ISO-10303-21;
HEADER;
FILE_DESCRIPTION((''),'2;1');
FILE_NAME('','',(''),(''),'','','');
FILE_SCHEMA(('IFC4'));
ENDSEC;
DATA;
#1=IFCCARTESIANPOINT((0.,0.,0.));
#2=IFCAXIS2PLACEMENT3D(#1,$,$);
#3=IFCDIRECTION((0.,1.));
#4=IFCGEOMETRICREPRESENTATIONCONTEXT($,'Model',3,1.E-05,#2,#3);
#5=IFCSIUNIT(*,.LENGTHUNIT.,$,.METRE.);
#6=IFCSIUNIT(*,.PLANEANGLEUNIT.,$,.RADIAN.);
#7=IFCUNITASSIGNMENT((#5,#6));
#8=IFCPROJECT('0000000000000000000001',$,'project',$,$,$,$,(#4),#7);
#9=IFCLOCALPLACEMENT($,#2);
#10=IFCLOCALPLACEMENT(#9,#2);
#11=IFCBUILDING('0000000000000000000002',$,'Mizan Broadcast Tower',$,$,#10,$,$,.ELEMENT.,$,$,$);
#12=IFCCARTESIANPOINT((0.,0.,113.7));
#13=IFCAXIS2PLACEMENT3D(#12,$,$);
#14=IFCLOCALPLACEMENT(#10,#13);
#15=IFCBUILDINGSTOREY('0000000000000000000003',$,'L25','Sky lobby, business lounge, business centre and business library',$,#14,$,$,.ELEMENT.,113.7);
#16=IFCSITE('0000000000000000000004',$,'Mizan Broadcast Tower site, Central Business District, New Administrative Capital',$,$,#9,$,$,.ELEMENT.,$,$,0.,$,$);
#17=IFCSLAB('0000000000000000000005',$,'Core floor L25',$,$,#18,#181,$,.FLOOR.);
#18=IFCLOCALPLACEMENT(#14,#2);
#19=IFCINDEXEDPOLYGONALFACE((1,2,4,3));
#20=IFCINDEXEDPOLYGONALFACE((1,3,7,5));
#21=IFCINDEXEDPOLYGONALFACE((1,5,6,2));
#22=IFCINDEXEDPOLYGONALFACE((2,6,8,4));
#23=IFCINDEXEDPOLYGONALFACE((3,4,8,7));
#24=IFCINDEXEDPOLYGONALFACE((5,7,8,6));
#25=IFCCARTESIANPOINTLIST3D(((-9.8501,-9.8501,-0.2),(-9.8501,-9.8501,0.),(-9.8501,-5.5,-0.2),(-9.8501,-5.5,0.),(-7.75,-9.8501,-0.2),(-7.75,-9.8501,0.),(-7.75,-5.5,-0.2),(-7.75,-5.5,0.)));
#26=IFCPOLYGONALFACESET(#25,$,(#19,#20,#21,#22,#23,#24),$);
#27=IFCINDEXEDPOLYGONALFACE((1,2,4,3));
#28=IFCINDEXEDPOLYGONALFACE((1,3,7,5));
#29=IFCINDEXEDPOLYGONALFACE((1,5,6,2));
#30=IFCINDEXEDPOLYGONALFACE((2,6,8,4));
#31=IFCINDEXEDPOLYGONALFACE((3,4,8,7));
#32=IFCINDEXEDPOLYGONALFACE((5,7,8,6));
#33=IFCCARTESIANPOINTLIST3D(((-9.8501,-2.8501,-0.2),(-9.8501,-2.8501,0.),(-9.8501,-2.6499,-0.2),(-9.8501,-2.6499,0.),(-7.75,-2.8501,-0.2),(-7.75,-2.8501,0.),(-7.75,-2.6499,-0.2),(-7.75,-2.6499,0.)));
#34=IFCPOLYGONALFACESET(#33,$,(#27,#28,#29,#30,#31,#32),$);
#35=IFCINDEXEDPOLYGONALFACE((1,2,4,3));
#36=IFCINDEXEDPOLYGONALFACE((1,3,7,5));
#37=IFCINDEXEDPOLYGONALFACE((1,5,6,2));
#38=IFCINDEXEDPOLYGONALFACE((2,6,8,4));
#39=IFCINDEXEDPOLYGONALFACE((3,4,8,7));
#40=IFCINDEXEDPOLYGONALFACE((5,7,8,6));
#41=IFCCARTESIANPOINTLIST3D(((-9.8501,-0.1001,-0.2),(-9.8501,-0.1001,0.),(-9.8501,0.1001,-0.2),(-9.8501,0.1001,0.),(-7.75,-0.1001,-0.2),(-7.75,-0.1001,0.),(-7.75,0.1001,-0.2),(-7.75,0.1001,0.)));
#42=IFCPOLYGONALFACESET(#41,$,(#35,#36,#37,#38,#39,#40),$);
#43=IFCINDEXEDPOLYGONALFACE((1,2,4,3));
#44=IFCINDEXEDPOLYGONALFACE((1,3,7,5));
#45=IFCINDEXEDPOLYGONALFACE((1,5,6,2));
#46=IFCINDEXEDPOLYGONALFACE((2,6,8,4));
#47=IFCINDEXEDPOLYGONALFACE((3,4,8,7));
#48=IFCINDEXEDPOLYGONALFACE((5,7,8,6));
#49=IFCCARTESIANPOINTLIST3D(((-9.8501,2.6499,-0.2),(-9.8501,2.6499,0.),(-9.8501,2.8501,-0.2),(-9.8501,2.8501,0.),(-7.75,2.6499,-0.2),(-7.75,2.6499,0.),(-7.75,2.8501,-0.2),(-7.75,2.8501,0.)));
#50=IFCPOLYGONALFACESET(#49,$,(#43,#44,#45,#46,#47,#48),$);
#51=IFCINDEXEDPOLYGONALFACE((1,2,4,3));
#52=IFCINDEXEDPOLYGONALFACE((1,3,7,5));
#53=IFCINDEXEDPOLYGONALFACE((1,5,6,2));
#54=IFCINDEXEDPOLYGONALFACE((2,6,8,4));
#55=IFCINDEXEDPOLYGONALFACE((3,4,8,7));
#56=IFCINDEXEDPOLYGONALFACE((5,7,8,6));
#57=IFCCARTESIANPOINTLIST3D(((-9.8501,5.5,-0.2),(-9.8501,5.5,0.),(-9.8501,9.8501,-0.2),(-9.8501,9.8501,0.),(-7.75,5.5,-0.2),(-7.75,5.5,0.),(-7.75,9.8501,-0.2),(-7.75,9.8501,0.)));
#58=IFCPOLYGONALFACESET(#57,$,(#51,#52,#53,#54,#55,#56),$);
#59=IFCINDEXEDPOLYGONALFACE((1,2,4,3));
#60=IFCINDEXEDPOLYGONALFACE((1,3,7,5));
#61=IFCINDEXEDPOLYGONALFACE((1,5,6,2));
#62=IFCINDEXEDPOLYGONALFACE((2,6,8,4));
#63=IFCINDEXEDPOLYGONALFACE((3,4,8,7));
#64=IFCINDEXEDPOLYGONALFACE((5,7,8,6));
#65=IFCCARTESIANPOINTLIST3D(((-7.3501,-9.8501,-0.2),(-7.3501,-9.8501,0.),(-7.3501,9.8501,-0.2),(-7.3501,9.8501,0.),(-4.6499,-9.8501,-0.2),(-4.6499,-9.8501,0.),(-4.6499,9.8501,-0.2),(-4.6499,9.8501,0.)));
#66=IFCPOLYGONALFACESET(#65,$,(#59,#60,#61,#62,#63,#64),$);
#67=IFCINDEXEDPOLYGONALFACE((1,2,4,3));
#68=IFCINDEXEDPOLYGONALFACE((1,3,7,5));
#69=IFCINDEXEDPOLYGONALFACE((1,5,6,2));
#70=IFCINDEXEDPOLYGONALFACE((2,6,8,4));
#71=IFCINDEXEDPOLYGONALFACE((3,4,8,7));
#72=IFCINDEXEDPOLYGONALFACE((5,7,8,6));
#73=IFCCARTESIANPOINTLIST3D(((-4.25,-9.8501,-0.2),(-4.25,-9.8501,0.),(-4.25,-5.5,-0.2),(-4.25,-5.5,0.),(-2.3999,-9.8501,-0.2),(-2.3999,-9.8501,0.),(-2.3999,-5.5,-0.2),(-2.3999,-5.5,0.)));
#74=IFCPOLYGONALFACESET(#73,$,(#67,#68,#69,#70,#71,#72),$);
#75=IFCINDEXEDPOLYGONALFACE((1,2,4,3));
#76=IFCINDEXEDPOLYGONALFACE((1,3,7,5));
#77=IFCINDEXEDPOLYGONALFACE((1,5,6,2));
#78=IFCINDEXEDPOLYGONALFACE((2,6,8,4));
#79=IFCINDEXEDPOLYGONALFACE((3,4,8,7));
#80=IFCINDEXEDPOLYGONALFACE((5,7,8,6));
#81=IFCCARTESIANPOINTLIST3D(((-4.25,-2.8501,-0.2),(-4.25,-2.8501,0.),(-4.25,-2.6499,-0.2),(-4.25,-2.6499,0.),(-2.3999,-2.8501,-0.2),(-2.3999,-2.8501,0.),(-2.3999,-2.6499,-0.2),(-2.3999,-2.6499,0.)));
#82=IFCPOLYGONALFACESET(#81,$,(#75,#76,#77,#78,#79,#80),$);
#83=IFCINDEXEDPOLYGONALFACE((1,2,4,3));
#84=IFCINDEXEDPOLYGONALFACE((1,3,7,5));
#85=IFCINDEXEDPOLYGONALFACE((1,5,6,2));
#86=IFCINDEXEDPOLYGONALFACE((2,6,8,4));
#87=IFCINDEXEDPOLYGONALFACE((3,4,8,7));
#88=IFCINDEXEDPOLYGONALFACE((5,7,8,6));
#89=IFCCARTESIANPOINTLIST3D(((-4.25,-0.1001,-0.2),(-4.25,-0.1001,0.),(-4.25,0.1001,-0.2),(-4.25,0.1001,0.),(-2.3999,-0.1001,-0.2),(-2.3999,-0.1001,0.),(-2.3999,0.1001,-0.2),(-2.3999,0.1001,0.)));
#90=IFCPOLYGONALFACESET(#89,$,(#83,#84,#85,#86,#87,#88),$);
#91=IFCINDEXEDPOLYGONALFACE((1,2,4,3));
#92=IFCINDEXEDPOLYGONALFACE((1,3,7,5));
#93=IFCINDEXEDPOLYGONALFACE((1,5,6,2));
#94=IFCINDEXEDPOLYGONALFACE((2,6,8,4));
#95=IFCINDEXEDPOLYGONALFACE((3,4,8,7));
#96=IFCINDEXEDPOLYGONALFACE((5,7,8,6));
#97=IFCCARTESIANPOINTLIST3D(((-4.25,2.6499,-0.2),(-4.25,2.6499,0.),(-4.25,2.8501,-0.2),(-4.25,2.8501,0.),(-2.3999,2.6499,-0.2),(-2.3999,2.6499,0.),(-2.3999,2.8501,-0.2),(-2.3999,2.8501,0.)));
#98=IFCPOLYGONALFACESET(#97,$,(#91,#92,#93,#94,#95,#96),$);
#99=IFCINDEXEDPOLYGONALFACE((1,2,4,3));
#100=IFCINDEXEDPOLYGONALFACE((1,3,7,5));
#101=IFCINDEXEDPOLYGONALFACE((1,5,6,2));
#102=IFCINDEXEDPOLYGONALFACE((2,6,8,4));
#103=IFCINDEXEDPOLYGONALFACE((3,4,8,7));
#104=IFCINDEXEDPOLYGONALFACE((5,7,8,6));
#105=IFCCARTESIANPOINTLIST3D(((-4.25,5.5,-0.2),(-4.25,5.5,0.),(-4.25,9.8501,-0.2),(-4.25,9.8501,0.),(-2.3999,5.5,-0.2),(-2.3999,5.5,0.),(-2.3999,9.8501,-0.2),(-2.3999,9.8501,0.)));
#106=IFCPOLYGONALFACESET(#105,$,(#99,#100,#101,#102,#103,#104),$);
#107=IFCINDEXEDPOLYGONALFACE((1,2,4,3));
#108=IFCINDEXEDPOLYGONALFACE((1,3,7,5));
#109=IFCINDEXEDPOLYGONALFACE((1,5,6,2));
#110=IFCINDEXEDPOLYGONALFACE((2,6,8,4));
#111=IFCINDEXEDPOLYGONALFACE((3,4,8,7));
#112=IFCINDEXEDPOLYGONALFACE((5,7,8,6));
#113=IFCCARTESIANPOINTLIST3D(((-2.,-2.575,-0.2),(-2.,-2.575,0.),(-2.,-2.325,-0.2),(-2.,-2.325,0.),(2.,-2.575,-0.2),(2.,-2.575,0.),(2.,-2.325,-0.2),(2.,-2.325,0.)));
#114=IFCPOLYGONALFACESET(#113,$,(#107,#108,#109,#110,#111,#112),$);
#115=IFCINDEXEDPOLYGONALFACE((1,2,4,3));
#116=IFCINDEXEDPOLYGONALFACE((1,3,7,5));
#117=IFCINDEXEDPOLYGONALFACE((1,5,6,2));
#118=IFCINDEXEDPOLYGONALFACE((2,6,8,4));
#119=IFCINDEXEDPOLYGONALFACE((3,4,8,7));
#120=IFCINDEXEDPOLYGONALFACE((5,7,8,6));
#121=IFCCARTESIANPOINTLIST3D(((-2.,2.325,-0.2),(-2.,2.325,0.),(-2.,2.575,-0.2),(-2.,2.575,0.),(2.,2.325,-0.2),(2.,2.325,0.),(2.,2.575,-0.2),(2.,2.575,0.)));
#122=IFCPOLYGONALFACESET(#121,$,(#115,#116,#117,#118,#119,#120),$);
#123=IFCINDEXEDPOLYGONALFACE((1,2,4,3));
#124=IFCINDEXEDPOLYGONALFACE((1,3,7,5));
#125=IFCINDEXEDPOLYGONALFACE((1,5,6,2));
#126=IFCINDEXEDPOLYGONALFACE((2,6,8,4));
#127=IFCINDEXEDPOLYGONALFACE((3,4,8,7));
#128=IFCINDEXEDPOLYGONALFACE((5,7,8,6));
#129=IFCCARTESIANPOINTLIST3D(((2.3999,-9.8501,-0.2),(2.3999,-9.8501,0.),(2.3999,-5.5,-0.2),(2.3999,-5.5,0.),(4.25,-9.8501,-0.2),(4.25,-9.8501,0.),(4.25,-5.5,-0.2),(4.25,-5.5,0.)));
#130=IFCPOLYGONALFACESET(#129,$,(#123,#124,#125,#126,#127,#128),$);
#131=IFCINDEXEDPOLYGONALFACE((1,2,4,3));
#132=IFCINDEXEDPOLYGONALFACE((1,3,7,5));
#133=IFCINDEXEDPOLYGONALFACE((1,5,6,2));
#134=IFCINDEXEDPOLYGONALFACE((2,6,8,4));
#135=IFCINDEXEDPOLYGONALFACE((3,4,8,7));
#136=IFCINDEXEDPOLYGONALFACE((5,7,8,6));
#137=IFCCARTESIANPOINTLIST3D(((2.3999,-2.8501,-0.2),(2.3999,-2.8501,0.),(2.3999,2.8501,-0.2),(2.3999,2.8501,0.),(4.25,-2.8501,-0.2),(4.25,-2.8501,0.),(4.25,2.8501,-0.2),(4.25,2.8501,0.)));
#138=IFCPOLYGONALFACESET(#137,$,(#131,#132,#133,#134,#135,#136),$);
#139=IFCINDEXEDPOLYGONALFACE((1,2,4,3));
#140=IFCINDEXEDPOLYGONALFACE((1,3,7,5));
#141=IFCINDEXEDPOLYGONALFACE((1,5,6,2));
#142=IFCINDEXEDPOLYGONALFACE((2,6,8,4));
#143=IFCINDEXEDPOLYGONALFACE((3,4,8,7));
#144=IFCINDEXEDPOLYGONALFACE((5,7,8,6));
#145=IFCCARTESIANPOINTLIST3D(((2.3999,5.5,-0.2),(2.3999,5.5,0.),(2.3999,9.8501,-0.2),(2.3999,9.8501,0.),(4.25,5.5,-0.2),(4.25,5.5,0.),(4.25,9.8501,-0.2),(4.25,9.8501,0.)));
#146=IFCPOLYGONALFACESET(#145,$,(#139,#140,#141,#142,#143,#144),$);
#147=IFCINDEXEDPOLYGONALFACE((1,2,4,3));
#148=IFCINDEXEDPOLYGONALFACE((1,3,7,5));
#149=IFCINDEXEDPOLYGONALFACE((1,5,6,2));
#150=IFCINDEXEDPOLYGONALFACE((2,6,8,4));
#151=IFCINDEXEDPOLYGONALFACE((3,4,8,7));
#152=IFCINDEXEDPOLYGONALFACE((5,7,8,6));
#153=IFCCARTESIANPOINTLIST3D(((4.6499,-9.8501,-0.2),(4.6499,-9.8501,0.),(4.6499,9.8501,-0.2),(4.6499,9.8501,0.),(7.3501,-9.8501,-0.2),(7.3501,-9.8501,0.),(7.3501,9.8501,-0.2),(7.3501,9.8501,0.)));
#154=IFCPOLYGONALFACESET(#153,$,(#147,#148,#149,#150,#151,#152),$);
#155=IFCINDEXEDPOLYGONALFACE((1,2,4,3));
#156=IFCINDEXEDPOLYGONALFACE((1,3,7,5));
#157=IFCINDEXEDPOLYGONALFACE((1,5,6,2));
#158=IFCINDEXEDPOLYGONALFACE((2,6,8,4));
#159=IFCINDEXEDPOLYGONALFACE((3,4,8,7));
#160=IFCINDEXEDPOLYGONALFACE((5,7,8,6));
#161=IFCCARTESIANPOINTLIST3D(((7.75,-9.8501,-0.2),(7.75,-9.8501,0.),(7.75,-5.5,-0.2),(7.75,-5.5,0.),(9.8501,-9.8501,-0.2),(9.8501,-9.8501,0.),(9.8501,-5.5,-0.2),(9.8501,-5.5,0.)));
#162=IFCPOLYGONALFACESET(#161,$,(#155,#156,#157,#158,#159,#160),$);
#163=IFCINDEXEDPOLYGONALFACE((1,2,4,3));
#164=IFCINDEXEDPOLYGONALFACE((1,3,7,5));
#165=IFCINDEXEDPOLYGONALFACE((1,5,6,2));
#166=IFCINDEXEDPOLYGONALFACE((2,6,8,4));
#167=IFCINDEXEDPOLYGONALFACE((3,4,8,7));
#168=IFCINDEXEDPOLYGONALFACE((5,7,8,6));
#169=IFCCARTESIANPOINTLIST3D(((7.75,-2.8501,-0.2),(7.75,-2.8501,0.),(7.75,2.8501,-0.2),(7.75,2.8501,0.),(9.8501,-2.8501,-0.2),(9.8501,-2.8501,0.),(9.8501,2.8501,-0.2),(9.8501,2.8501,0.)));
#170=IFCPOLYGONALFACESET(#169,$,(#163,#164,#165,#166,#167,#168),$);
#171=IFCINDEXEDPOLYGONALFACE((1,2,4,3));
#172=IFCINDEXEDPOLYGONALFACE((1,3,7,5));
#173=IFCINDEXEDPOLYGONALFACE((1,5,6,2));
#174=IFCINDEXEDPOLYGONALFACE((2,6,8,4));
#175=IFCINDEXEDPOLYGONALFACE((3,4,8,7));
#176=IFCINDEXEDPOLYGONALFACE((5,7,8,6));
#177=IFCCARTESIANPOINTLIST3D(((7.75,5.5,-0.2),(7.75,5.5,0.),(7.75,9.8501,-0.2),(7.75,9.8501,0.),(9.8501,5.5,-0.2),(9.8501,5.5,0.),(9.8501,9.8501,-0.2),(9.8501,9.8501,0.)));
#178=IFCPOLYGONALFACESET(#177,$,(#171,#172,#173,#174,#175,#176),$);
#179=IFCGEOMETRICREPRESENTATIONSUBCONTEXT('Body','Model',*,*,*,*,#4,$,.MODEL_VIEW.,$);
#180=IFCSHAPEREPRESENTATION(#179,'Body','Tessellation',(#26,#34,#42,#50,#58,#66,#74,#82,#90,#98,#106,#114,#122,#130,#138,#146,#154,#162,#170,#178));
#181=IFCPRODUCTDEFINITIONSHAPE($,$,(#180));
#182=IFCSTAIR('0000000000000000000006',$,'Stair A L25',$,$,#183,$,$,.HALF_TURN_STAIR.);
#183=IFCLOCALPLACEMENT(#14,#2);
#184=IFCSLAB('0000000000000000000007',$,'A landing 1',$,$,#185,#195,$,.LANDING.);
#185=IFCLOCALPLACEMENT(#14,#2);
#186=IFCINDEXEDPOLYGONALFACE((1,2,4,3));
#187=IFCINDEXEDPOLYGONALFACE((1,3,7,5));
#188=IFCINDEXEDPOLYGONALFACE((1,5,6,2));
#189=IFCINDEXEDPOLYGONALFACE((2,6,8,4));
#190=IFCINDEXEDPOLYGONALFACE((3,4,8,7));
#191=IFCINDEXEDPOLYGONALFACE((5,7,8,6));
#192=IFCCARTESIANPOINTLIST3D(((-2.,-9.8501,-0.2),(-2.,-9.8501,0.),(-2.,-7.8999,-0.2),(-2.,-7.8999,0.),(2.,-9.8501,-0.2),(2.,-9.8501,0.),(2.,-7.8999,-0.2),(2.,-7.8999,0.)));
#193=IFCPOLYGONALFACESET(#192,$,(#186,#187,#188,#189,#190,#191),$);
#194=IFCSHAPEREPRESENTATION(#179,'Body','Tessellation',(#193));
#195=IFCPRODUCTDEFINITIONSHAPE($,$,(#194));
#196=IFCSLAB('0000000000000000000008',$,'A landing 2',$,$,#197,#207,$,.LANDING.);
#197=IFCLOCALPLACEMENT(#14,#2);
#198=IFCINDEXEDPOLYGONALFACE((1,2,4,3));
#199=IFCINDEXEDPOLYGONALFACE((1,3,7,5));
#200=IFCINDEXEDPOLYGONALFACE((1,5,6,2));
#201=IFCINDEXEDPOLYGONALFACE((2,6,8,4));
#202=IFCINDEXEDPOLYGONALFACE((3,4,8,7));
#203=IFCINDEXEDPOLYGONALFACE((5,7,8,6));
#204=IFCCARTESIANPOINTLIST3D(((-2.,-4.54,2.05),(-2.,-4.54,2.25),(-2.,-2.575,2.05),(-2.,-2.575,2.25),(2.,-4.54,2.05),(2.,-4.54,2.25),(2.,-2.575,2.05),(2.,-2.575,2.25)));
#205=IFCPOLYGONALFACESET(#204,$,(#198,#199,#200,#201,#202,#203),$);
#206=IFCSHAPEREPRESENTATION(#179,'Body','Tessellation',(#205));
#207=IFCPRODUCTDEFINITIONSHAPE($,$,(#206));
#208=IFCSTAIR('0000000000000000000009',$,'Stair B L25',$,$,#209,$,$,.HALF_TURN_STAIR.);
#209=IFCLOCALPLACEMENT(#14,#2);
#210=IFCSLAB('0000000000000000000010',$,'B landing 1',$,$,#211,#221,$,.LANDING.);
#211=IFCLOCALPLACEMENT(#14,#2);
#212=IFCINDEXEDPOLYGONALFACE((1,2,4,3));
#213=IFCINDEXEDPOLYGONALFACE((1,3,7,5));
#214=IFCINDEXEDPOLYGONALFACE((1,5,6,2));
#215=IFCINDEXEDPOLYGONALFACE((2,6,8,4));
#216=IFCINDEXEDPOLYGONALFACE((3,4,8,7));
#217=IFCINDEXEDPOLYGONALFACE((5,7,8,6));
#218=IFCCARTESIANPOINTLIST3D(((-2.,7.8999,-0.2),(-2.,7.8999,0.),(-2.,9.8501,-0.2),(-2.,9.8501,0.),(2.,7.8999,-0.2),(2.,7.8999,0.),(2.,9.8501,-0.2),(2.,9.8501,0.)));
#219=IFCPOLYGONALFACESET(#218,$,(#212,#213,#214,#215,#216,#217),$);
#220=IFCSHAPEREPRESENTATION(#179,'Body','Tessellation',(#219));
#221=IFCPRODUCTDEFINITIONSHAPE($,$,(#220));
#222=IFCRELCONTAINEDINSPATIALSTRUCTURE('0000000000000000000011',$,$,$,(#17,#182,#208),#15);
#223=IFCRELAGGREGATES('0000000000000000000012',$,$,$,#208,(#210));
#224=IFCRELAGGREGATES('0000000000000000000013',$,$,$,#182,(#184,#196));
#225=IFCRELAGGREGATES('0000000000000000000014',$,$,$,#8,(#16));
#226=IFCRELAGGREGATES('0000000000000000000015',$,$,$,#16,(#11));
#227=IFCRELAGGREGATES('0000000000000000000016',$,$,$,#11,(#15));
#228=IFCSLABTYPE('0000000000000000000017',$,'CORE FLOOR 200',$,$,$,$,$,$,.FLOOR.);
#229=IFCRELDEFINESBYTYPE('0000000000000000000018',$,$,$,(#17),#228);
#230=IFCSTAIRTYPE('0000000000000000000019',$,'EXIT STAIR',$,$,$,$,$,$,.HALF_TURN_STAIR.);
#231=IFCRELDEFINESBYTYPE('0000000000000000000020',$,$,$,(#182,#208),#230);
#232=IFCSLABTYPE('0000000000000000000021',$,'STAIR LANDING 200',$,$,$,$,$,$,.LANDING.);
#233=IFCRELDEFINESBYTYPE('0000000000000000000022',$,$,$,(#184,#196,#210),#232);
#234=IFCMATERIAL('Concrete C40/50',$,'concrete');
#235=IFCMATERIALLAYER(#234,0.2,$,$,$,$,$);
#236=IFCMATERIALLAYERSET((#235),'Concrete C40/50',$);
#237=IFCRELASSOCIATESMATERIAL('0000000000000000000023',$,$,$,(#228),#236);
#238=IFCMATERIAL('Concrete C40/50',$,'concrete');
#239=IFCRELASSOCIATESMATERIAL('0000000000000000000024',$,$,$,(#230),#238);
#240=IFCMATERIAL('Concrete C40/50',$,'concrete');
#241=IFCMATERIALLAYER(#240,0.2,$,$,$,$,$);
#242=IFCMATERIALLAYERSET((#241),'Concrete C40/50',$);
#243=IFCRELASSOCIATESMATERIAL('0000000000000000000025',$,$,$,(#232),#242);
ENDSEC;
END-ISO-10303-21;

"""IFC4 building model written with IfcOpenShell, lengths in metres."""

from ifc_helpers import new_model, si_unit, direction, frame, origin, place, context, subcontext, project, spatial, polyline, outline, extrude, material, layer, layer_set, type_object, element, aggregate, save


model = new_model("IFC4")

# Units and contexts
model_context = context("Model", 3, precision=1e-05, world=origin(), true_north=direction((0.0, 1.0)))
body_context = subcontext(model_context, "Body", "Model", "MODEL_VIEW")
ifc_project = project(units=[si_unit("LENGTHUNIT", "METRE"), si_unit("PLANEANGLEUNIT", "RADIAN")], contexts=[model_context])

# Site, building, storey
site_placement = place(None, origin())
site = spatial("IfcSite", under=ifc_project, at=site_placement, Name="Mizan Broadcast Tower site, Central Business District, New Administrative Capital", CompositionType="ELEMENT", RefElevation=0.0)
building_placement = place(site_placement, origin())
building = spatial("IfcBuilding", under=site, at=building_placement, Name="Mizan Broadcast Tower", CompositionType="ELEMENT")
storey_placement = place(building_placement, frame((0.0, 0.0, 113.7)))
storey = spatial("IfcBuildingStorey", under=building, at=storey_placement, Name="L25", Description="Sky lobby, business lounge, business centre and business library", CompositionType="ELEMENT", Elevation=113.7)

# Slab
ifc_material_1 = material(Name="Concrete C40/50", Category="concrete")
ifc_layer_1 = layer(ifc_material_1, 0.2)
ifc_layer_set_1 = layer_set([ifc_layer_1], Name="Concrete C40/50")
slab_type_1 = type_object("IfcSlabType", Name="CORE FLOOR 200", PredefinedType="FLOOR", material=ifc_layer_set_1)
slab_1_placement = place(storey_placement, frame((0.0, 0.0, -0.2)))
element("IfcSlab", 1, at=slab_1_placement, inside=storey, type_object=slab_type_1, Name="Core floor L25", PredefinedType="FLOOR", context=body_context, shape_type="SweptSolid", body=[
    extrude(outline(polyline([(-9.8501, -9.8501), (-7.75, -9.8501), (-7.75, -5.5), (-9.8501, -5.5), (-9.8501, -9.8501)])), origin(), (0.0, 0.0, 1.0), 0.2),
    extrude(outline(polyline([(-9.8501, -2.8501), (-7.75, -2.8501), (-7.75, -2.6499), (-9.8501, -2.6499), (-9.8501, -2.8501)])), origin(), (0.0, 0.0, 1.0), 0.2),
    extrude(outline(polyline([(-9.8501, -0.1001), (-7.75, -0.1001), (-7.75, 0.1001), (-9.8501, 0.1001), (-9.8501, -0.1001)])), origin(), (0.0, 0.0, 1.0), 0.2),
    extrude(outline(polyline([(-9.8501, 2.6499), (-7.75, 2.6499), (-7.75, 2.8501), (-9.8501, 2.8501), (-9.8501, 2.6499)])), origin(), (0.0, 0.0, 1.0), 0.2),
    extrude(outline(polyline([(-9.8501, 5.5), (-7.75, 5.5), (-7.75, 9.8501), (-9.8501, 9.8501), (-9.8501, 5.5)])), origin(), (0.0, 0.0, 1.0), 0.2),
    extrude(outline(polyline([(-4.6499, 9.8501), (-7.3501, 9.8501), (-7.3501, -9.8501), (-4.6499, -9.8501), (-4.6499, 9.8501)])), origin(), (0.0, 0.0, 1.0), 0.2),
    extrude(outline(polyline([(-4.25, -9.8501), (-2.3999, -9.8501), (-2.3999, -5.5), (-4.25, -5.5), (-4.25, -9.8501)])), origin(), (0.0, 0.0, 1.0), 0.2),
    extrude(outline(polyline([(-4.25, -2.8501), (-2.3999, -2.8501), (-2.3999, -2.6499), (-4.25, -2.6499), (-4.25, -2.8501)])), origin(), (0.0, 0.0, 1.0), 0.2),
    extrude(outline(polyline([(-4.25, -0.1001), (-2.3999, -0.1001), (-2.3999, 0.1001), (-4.25, 0.1001), (-4.25, -0.1001)])), origin(), (0.0, 0.0, 1.0), 0.2),
    extrude(outline(polyline([(-4.25, 2.6499), (-2.3999, 2.6499), (-2.3999, 2.8501), (-4.25, 2.8501), (-4.25, 2.6499)])), origin(), (0.0, 0.0, 1.0), 0.2),
    extrude(outline(polyline([(-4.25, 5.5), (-2.3999, 5.5), (-2.3999, 9.8501), (-4.25, 9.8501), (-4.25, 5.5)])), origin(), (0.0, 0.0, 1.0), 0.2),
    extrude(outline(polyline([(2.0, -2.325), (-2.0, -2.325), (-2.0, -2.575), (2.0, -2.575), (2.0, -2.325)])), origin(), (0.0, 0.0, 1.0), 0.2),
    extrude(outline(polyline([(2.0, 2.575), (-2.0, 2.575), (-2.0, 2.325), (2.0, 2.325), (2.0, 2.575)])), origin(), (0.0, 0.0, 1.0), 0.2),
    extrude(outline(polyline([(4.25, -9.8501), (4.25, -5.5), (2.3999, -5.5), (2.3999, -9.8501), (4.25, -9.8501)])), origin(), (0.0, 0.0, 1.0), 0.2),
    extrude(outline(polyline([(4.25, -2.8501), (4.25, 2.8501), (2.3999, 2.8501), (2.3999, -2.8501), (4.25, -2.8501)])), origin(), (0.0, 0.0, 1.0), 0.2),
    extrude(outline(polyline([(4.25, 5.5), (4.25, 9.8501), (2.3999, 9.8501), (2.3999, 5.5), (4.25, 5.5)])), origin(), (0.0, 0.0, 1.0), 0.2),
    extrude(outline(polyline([(4.6499, 9.8501), (4.6499, -9.8501), (7.3501, -9.8501), (7.3501, 9.8501), (4.6499, 9.8501)])), origin(), (0.0, 0.0, 1.0), 0.2),
    extrude(outline(polyline([(9.8501, -9.8501), (9.8501, -5.5), (7.75, -5.5), (7.75, -9.8501), (9.8501, -9.8501)])), origin(), (0.0, 0.0, 1.0), 0.2),
    extrude(outline(polyline([(9.8501, -2.8501), (9.8501, 2.8501), (7.75, 2.8501), (7.75, -2.8501), (9.8501, -2.8501)])), origin(), (0.0, 0.0, 1.0), 0.2),
    extrude(outline(polyline([(9.8501, 5.5), (9.8501, 9.8501), (7.75, 9.8501), (7.75, 5.5), (9.8501, 5.5)])), origin(), (0.0, 0.0, 1.0), 0.2),
])

# Stairs, slabs
ifc_material_2 = material(Name="Concrete C40/50", Category="concrete")
stair_type = type_object("IfcStairType", Name="EXIT STAIR", PredefinedType="HALF_TURN_STAIR", material=ifc_material_2)
stair_1_placement = place(storey_placement, origin())
stair_1 = element("IfcStair", 2, at=stair_1_placement, inside=storey, type_object=stair_type, Name="Stair A L25", PredefinedType="HALF_TURN_STAIR")
ifc_material_3 = material(Name="Concrete C40/50", Category="concrete")
ifc_layer_2 = layer(ifc_material_3, 0.2)
ifc_layer_set_2 = layer_set([ifc_layer_2], Name="Concrete C40/50")
slab_type_2 = type_object("IfcSlabType", Name="STAIR LANDING 200", PredefinedType="LANDING", material=ifc_layer_set_2)
slab_2_placement = place(storey_placement, frame((0.0, 0.0, -0.2)))
slab_2 = element("IfcSlab", 3, at=slab_2_placement, type_object=slab_type_2, Name="A landing 1", PredefinedType="LANDING", context=body_context, shape_type="SweptSolid", body=[
    extrude(outline(polyline([(-2.0, -9.8501), (-2.0, -7.8999), (2.0, -7.8999), (2.0, -9.8501), (-2.0, -9.8501)])), origin(), (0.0, 0.0, 1.0), 0.2),
])
slab_3_placement = place(storey_placement, frame((0.0, 0.0, 2.05)))
slab_3 = element("IfcSlab", 4, at=slab_3_placement, type_object=slab_type_2, Name="A landing 2", PredefinedType="LANDING", context=body_context, shape_type="SweptSolid", body=[
    extrude(outline(polyline([(-2.0, -4.54), (-2.0, -2.575), (2.0, -2.575), (2.0, -4.54), (-2.0, -4.54)])), origin(), (0.0, 0.0, 1.0), 0.2),
])
stair_2_placement = place(storey_placement, origin())
stair_2 = element("IfcStair", 5, at=stair_2_placement, inside=storey, type_object=stair_type, Name="Stair B L25", PredefinedType="HALF_TURN_STAIR")
slab_4_placement = place(storey_placement, frame((0.0, 0.0, -0.2)))
slab_4 = element("IfcSlab", 6, at=slab_4_placement, type_object=slab_type_2, Name="B landing 1", PredefinedType="LANDING", context=body_context, shape_type="SweptSolid", body=[
    extrude(outline(polyline([(2.0, 9.8501), (2.0, 7.8999), (-2.0, 7.8999), (-2.0, 9.8501), (2.0, 9.8501)])), origin(), (0.0, 0.0, 1.0), 0.2),
])
aggregate(stair_2, [slab_4])

aggregate(stair_1, [slab_2, slab_3])

save(model, "model.ifc")
